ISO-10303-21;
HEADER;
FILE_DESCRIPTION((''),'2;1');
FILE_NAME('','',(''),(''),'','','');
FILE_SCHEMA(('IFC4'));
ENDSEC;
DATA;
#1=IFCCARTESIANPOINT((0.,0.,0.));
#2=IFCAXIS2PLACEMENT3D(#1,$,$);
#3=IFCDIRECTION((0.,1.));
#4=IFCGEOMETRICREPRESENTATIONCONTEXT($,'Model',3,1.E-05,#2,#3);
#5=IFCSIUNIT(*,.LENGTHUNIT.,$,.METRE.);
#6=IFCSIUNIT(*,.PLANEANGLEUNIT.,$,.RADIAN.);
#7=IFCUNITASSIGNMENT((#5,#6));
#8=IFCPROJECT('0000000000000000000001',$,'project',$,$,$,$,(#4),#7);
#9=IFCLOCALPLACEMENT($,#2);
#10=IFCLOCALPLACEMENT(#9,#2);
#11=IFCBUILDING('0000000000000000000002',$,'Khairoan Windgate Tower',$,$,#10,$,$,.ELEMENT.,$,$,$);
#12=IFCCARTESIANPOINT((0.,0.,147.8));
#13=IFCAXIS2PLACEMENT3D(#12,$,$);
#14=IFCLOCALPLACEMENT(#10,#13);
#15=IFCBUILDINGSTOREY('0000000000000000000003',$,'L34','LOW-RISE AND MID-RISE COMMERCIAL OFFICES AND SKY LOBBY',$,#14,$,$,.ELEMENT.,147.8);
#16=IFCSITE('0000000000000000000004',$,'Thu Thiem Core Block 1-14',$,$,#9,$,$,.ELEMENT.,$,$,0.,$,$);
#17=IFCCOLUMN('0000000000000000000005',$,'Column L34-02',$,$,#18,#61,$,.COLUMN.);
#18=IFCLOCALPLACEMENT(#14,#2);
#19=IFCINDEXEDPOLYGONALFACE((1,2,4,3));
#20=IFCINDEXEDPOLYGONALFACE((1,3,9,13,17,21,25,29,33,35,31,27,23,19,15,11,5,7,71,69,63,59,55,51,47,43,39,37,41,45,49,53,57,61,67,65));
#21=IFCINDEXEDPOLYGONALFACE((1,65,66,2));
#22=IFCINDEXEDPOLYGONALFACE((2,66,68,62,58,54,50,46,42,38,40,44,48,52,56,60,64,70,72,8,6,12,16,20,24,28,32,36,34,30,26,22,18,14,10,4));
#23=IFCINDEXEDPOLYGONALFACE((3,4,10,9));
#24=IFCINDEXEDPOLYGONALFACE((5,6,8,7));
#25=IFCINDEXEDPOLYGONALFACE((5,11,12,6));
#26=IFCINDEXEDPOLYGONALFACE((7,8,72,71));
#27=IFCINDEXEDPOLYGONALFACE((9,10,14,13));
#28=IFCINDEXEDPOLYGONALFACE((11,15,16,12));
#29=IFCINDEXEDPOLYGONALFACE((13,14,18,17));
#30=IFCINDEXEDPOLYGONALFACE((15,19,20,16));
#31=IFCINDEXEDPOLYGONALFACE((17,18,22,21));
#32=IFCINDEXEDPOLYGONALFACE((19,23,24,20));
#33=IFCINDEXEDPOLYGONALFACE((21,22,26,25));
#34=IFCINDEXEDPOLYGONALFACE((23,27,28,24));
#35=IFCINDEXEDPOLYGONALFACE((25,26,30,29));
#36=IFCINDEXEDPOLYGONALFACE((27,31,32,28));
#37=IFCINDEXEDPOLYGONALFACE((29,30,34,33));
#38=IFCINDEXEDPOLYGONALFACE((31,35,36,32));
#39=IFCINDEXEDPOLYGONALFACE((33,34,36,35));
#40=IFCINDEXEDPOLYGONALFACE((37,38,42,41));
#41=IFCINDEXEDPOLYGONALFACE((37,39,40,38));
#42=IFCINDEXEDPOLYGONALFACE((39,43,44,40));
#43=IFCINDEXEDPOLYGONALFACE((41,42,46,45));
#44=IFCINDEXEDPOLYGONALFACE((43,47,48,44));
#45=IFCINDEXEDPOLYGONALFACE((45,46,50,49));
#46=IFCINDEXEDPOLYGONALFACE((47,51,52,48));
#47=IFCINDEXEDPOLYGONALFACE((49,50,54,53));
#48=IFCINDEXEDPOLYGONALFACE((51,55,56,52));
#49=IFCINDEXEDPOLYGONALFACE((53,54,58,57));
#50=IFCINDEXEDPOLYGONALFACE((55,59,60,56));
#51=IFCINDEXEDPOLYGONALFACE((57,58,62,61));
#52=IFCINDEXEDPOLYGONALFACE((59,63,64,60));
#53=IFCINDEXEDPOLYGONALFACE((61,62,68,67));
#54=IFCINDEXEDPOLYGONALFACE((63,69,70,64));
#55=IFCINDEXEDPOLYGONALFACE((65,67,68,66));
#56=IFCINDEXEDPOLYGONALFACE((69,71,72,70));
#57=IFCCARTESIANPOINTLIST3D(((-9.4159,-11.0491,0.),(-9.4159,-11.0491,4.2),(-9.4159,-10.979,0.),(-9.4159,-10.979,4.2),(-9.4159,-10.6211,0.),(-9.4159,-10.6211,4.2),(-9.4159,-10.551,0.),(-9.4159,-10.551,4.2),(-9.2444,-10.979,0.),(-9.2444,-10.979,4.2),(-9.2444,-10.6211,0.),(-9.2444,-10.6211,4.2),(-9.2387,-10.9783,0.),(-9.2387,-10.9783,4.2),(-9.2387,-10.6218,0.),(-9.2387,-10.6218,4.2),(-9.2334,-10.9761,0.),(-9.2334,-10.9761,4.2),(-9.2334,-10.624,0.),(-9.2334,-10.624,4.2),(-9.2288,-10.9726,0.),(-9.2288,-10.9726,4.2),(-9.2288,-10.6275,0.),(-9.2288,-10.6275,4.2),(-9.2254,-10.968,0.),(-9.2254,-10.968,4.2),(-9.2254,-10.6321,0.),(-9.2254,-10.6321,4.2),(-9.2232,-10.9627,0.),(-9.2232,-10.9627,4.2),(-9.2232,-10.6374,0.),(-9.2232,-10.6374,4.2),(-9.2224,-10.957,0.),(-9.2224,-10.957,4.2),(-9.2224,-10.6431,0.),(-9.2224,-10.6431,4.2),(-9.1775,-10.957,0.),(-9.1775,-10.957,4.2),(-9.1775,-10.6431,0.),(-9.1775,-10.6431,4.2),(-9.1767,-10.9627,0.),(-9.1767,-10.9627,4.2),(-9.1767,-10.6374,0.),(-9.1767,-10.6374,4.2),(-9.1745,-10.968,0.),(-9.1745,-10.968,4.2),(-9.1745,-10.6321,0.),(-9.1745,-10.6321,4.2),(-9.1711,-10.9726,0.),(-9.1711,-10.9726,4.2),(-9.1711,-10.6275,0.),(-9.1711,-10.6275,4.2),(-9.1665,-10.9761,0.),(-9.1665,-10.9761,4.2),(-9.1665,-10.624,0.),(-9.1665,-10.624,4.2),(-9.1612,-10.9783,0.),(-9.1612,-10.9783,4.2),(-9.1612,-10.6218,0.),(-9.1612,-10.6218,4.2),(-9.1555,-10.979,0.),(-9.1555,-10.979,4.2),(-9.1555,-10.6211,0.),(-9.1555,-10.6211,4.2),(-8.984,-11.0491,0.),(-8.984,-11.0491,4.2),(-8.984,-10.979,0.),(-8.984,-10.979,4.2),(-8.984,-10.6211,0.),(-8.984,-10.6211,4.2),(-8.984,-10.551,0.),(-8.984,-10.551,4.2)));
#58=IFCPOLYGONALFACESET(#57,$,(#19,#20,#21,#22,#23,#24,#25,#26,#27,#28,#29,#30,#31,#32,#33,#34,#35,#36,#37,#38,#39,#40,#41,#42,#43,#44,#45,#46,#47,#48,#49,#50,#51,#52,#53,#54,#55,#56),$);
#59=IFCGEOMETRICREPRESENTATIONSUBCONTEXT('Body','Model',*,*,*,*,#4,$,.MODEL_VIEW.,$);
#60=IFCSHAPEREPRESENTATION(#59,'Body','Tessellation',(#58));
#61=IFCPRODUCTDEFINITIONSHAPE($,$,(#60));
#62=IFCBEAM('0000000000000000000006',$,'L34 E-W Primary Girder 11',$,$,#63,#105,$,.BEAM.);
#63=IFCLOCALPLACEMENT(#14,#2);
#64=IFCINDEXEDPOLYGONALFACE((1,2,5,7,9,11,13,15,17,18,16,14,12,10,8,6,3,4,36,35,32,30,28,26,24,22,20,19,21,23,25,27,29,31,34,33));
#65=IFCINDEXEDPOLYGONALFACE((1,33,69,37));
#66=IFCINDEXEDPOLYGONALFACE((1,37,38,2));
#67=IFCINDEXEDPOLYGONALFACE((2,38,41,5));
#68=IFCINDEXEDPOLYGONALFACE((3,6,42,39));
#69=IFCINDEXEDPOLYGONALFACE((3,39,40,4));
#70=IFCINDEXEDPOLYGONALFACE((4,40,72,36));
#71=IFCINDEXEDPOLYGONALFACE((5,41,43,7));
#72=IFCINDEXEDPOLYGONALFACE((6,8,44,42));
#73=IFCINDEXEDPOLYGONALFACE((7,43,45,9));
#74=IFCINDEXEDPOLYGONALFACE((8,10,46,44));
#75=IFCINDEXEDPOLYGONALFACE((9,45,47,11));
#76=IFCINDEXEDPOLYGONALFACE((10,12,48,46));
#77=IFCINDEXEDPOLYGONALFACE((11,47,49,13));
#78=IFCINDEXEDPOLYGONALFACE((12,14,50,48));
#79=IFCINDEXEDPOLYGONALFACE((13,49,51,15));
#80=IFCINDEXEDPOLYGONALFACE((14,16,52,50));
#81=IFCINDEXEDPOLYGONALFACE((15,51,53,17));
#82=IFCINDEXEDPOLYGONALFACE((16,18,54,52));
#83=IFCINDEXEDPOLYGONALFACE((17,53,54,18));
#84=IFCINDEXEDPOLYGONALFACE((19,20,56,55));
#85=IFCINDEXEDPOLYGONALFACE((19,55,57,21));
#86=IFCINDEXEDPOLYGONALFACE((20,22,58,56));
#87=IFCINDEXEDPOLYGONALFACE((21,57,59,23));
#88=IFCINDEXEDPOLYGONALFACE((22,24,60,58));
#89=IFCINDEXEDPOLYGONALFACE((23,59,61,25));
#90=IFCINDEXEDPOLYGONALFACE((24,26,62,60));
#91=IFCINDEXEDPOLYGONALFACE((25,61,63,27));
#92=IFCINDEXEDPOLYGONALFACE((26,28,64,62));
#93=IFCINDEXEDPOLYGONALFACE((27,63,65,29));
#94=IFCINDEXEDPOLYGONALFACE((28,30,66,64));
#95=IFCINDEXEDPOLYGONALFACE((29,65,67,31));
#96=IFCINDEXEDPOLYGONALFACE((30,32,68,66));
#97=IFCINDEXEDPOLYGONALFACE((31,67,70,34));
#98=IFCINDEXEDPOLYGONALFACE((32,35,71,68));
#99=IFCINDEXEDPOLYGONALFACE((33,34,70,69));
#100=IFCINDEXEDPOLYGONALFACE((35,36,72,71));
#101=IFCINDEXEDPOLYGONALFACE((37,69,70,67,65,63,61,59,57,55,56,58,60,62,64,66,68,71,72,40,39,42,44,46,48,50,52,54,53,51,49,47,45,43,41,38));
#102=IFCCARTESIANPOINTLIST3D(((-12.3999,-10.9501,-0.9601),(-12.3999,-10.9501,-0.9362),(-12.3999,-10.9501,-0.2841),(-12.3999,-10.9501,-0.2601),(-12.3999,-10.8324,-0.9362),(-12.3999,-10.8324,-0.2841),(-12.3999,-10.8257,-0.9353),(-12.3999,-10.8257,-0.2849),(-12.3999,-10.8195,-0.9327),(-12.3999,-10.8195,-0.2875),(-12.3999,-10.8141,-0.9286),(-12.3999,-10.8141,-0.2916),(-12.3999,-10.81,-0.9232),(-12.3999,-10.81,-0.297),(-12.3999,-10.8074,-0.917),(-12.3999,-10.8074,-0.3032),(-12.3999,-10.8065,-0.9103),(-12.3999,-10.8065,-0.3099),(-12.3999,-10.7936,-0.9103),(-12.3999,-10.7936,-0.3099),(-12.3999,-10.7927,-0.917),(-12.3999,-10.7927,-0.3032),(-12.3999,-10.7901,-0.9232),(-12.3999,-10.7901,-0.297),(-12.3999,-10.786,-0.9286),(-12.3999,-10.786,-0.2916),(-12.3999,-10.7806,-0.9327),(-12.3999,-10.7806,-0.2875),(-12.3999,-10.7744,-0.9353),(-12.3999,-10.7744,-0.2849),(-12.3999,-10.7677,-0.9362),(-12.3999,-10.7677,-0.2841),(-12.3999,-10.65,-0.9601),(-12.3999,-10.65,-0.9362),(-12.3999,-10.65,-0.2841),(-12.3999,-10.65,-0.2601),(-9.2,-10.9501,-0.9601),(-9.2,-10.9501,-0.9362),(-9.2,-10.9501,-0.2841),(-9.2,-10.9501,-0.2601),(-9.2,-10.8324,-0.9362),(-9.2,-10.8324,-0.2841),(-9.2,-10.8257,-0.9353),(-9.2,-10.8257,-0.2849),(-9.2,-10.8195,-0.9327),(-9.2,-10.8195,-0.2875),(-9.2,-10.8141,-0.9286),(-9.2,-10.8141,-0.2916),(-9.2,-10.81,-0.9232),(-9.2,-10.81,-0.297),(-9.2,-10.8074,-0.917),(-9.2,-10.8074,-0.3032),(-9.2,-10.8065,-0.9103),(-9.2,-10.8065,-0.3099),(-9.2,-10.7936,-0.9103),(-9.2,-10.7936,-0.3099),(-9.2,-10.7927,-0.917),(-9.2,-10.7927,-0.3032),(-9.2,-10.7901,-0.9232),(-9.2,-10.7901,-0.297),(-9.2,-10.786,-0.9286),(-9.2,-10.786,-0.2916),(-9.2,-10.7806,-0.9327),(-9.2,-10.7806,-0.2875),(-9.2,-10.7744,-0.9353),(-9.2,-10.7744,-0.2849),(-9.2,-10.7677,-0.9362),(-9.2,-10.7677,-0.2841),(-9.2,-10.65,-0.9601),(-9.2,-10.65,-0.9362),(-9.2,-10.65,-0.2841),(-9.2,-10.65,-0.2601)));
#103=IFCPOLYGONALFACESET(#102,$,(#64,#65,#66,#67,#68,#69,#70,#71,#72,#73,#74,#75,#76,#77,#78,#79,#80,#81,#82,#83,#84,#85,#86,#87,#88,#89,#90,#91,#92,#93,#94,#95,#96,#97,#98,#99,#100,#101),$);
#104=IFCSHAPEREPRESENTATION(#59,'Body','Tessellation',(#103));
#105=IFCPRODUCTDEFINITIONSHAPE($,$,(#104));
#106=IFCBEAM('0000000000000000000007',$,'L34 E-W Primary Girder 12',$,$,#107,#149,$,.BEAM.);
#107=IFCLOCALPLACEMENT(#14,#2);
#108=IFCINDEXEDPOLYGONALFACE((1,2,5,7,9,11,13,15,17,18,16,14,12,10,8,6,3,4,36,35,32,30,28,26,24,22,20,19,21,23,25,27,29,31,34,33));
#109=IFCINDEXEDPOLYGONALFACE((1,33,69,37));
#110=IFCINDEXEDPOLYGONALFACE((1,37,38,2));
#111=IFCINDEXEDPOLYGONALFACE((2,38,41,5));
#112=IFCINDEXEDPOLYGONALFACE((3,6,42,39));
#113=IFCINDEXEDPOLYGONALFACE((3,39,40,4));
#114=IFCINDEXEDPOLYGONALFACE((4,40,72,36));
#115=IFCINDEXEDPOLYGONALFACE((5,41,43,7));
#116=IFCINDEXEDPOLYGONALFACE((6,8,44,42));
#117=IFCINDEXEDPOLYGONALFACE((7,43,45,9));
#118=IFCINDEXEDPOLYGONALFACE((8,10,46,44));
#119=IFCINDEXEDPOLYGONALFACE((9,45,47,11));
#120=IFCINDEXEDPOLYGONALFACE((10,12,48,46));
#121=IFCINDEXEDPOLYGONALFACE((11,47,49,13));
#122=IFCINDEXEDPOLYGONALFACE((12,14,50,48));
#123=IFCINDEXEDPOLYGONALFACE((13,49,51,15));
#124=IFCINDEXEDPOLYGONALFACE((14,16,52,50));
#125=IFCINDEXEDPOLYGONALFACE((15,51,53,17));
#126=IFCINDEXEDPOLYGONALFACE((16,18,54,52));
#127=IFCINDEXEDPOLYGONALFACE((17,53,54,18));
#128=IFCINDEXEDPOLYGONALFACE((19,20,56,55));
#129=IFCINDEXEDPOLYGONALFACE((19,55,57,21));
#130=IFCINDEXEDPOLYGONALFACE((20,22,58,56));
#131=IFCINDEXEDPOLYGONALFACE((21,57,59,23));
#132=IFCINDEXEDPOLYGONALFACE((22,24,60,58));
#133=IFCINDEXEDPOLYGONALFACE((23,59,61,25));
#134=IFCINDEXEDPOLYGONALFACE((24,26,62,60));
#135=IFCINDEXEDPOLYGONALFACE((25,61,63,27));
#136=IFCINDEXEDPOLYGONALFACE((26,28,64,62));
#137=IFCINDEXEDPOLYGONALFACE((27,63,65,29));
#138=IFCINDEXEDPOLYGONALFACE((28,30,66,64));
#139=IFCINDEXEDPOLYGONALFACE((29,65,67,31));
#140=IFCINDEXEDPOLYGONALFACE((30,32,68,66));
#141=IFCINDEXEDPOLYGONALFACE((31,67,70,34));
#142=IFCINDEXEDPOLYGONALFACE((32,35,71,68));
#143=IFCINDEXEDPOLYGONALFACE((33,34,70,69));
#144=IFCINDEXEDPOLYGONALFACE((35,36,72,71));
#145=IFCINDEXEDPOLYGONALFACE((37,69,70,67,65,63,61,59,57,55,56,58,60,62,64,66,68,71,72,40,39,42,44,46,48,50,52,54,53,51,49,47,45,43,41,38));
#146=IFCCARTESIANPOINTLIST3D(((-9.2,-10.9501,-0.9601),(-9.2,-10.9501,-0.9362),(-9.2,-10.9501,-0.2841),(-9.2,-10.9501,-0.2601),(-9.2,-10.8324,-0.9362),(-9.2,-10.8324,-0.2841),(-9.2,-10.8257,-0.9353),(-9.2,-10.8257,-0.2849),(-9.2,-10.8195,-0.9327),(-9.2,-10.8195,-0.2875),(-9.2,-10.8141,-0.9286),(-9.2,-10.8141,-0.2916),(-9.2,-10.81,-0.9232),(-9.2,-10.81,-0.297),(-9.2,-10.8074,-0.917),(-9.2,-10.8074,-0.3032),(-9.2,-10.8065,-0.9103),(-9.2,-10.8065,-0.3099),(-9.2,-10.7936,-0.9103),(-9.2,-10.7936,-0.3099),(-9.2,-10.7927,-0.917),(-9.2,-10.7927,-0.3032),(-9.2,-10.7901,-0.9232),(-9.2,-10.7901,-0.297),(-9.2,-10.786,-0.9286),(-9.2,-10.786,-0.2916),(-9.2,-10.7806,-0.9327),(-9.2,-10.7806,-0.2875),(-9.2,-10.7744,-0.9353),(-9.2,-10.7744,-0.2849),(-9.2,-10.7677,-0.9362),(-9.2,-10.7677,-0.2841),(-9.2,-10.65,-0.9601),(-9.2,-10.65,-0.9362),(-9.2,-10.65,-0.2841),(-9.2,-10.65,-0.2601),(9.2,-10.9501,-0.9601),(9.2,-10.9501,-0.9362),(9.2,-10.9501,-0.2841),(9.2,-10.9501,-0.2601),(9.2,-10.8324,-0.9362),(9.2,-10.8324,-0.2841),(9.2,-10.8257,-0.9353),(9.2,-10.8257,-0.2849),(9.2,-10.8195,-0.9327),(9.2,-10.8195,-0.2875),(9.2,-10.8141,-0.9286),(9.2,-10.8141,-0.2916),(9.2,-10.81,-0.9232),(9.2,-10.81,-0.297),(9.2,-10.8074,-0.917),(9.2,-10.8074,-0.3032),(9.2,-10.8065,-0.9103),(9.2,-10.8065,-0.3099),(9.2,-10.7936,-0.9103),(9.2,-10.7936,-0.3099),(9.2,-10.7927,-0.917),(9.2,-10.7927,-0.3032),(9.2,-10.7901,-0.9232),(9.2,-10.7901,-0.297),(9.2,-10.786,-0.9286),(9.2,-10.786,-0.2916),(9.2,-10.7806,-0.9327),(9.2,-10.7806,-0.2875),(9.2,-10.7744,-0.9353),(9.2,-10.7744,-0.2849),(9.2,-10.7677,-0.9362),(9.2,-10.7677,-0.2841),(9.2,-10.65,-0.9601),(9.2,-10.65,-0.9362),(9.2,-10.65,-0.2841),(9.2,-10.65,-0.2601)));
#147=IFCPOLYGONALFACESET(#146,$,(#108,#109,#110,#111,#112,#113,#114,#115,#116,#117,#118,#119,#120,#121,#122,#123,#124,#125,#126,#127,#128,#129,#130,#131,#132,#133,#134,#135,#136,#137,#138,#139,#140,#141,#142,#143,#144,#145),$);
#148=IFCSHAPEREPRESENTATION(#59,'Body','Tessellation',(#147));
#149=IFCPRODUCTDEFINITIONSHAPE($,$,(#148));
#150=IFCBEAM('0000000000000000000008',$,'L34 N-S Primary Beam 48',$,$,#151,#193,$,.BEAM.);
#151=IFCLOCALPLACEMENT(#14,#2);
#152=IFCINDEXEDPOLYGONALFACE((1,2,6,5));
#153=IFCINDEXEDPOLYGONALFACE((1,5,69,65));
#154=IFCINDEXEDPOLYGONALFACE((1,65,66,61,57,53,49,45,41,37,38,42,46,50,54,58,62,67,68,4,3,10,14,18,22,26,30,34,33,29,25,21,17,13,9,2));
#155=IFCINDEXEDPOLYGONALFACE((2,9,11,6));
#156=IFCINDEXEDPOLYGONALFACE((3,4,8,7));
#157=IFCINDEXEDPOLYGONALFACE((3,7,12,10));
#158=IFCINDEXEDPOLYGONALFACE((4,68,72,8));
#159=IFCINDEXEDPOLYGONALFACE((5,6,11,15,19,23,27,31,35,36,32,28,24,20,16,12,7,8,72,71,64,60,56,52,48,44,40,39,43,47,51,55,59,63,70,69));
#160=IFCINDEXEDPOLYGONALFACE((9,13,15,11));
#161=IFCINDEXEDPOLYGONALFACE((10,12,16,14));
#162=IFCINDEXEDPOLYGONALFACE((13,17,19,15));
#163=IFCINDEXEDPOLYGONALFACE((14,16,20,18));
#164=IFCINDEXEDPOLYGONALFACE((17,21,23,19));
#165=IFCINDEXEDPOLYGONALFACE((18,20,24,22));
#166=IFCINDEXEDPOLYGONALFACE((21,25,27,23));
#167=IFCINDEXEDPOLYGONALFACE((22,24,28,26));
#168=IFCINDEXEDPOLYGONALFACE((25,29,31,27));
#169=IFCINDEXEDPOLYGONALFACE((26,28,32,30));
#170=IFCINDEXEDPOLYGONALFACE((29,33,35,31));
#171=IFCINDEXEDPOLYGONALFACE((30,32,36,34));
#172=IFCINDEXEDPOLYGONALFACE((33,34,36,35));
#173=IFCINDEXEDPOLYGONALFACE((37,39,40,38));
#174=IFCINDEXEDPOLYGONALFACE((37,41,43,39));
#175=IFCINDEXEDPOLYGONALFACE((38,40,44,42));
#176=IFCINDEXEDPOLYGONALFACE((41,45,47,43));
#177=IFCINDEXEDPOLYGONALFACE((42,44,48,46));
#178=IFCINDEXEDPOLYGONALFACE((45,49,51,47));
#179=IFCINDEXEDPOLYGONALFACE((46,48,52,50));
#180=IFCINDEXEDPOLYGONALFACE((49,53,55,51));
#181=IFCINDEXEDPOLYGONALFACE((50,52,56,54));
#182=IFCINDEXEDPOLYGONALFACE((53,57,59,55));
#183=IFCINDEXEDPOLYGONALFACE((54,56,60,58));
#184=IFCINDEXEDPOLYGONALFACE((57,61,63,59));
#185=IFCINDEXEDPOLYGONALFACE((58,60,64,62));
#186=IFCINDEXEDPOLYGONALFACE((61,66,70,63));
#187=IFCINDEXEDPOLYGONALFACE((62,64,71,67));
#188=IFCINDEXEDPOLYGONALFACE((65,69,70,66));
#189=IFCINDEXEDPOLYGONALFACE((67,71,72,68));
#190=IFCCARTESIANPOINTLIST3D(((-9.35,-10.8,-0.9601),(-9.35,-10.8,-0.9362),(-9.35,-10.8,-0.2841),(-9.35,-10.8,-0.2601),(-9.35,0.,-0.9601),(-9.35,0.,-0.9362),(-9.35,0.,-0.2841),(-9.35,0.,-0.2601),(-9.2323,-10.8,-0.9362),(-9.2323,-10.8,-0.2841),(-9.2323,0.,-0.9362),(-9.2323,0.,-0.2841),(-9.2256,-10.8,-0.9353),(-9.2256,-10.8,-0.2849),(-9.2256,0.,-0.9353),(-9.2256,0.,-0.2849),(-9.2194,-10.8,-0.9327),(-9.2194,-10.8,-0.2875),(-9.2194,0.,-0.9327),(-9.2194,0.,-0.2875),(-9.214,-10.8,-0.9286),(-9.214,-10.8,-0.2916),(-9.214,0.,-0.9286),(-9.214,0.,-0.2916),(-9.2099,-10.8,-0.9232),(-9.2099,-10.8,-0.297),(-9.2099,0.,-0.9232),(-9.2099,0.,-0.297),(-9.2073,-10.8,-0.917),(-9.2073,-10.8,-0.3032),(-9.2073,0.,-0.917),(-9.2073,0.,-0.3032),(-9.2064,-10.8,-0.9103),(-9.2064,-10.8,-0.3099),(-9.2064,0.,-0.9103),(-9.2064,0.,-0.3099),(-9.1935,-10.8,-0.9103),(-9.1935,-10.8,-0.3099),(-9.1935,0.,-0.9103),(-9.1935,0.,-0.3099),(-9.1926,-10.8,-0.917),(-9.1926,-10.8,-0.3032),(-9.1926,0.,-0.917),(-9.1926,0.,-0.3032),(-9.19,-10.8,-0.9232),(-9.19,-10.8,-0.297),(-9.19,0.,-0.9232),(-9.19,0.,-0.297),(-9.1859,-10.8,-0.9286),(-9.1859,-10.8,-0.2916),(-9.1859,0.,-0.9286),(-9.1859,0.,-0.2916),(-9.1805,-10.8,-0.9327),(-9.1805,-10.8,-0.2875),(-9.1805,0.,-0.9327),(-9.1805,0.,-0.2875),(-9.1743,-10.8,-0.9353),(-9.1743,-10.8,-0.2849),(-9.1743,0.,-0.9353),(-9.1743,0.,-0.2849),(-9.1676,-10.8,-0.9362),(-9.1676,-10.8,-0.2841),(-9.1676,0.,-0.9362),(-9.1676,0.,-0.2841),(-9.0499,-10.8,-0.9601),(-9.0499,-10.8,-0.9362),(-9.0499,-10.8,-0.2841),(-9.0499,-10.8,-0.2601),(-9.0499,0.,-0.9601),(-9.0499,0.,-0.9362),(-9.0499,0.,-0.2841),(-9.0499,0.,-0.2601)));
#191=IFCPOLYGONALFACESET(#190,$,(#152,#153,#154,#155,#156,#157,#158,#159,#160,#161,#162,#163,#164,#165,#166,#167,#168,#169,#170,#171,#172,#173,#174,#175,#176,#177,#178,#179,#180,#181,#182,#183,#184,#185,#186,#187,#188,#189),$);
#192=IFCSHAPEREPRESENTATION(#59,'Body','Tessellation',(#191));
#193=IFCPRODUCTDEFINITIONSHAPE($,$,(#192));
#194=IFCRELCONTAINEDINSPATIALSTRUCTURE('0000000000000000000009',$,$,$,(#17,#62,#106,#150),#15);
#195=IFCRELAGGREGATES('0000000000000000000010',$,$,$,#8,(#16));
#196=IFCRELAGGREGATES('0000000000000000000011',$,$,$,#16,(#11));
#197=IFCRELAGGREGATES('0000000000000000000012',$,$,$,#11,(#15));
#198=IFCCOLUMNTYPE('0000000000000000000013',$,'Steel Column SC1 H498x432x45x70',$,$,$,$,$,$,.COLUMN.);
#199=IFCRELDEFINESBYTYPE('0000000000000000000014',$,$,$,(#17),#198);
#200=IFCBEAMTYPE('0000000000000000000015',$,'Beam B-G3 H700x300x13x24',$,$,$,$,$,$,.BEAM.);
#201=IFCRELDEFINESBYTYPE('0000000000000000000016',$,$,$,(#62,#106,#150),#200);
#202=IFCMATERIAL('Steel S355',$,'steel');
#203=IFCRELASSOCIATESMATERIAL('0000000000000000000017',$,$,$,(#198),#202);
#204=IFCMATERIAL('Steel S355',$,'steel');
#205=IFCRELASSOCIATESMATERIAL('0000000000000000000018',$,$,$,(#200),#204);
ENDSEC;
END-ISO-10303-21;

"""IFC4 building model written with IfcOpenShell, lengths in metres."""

from ifc_helpers import new_model, si_unit, direction, frame, origin, origin_2d, place, context, subcontext, project, spatial, i_section, extrude, material, material_profile, profile_set, type_object, element, save


model = new_model("IFC4")

# Units and contexts
model_context = context("Model", 3, precision=1e-05, world=origin(), true_north=direction((0.0, 1.0)))
body_context = subcontext(model_context, "Body", "Model", "MODEL_VIEW")
ifc_project = project(units=[si_unit("LENGTHUNIT", "METRE"), si_unit("PLANEANGLEUNIT", "RADIAN")], contexts=[model_context])

# Site, building, storey
site_placement = place(None, origin())
site = spatial("IfcSite", under=ifc_project, at=site_placement, Name="Thu Thiem Core Block 1-14", CompositionType="ELEMENT", RefElevation=0.0)
building_placement = place(site_placement, origin())
building = spatial("IfcBuilding", under=site, at=building_placement, Name="Khairoan Windgate Tower", CompositionType="ELEMENT")
storey_placement = place(building_placement, frame((0.0, 0.0, 147.8)))
storey = spatial("IfcBuildingStorey", under=building, at=storey_placement, Name="L34", Description="LOW-RISE AND MID-RISE COMMERCIAL OFFICES AND SKY LOBBY", CompositionType="ELEMENT", Elevation=147.8)

# Column
ifc_material_1 = material(Name="Steel S355", Category="steel")
ifc_material_profile_1 = material_profile(ifc_material_1, i_section(OverallWidth=0.4319, OverallDepth=0.498, WebThickness=0.0449, FlangeThickness=0.0701, FilletRadius=0.022, at=origin_2d()))
ifc_profile_set_1 = profile_set([ifc_material_profile_1], Name="Steel S355")
column_type = type_object("IfcColumnType", Name="Steel Column SC1 H498x432x45x70", PredefinedType="COLUMN", material=ifc_profile_set_1)
column_placement = place(storey_placement, frame((-9.2, -10.8, 0.0), z_axis=(0.0, 0.0, 1.0), x_axis=(1.0, 0.0, 0.0)))
element("IfcColumn", 1, at=column_placement, inside=storey, type_object=column_type, Name="Column L34-02", PredefinedType="COLUMN", context=body_context, shape_type="SweptSolid", body=[
    extrude(i_section(OverallWidth=0.4319, OverallDepth=0.498, WebThickness=0.0449, FlangeThickness=0.0701, FilletRadius=0.022, at=origin_2d()), origin(), (0.0, 0.0, 1.0), 4.2),
])

# Beams
ifc_material_2 = material(Name="Steel S355", Category="steel")
ifc_material_profile_2 = material_profile(ifc_material_2, i_section(OverallWidth=0.3, OverallDepth=0.7, WebThickness=0.0129, FlangeThickness=0.0239, FilletRadius=0.0259, at=origin_2d()))
ifc_profile_set_2 = profile_set([ifc_material_profile_2], Name="Steel S355")
beam_type_1 = type_object("IfcBeamType", Name="Beam B-G3 H700x300x13x24", PredefinedType="BEAM", material=ifc_profile_set_2)
beam_1_placement = place(storey_placement, frame((-12.3999, -10.8, -0.6101), z_axis=(1.0, 0.0, 0.0), x_axis=(0.0, 1.0, 0.0)))
element("IfcBeam", 2, at=beam_1_placement, inside=storey, type_object=beam_type_1, Name="L34 E-W Primary Girder 11", PredefinedType="BEAM", context=body_context, shape_type="SweptSolid", body=[
    extrude(i_section(OverallWidth=0.3, OverallDepth=0.7, WebThickness=0.0129, FlangeThickness=0.0239, FilletRadius=0.0259, at=origin_2d()), origin(), (0.0, 0.0, 1.0), 3.2),
])
beam_2_placement = place(storey_placement, frame((-9.2, -10.8, -0.6101), z_axis=(1.0, 0.0, 0.0), x_axis=(0.0, 1.0, 0.0)))
element("IfcBeam", 3, at=beam_2_placement, inside=storey, type_object=beam_type_1, Name="L34 E-W Primary Girder 12", PredefinedType="BEAM", context=body_context, shape_type="SweptSolid", body=[
    extrude(i_section(OverallWidth=0.3, OverallDepth=0.7, WebThickness=0.0129, FlangeThickness=0.0239, FilletRadius=0.0259, at=origin_2d()), origin(), (0.0, 0.0, 1.0), 18.3999),
])
beam_3_placement = place(storey_placement, frame((-9.2, -10.8, -0.6101), z_axis=(0.0, 1.0, 0.0), x_axis=(-1.0, 0.0, 0.0)))
element("IfcBeam", 4, at=beam_3_placement, inside=storey, type_object=beam_type_1, Name="L34 N-S Primary Beam 48", PredefinedType="BEAM", context=body_context, shape_type="SweptSolid", body=[
    extrude(i_section(OverallWidth=0.3, OverallDepth=0.7, WebThickness=0.0129, FlangeThickness=0.0239, FilletRadius=0.0259, at=origin_2d()), origin(), (0.0, 0.0, 1.0), 10.8),
])

save(model, "model.ifc")
